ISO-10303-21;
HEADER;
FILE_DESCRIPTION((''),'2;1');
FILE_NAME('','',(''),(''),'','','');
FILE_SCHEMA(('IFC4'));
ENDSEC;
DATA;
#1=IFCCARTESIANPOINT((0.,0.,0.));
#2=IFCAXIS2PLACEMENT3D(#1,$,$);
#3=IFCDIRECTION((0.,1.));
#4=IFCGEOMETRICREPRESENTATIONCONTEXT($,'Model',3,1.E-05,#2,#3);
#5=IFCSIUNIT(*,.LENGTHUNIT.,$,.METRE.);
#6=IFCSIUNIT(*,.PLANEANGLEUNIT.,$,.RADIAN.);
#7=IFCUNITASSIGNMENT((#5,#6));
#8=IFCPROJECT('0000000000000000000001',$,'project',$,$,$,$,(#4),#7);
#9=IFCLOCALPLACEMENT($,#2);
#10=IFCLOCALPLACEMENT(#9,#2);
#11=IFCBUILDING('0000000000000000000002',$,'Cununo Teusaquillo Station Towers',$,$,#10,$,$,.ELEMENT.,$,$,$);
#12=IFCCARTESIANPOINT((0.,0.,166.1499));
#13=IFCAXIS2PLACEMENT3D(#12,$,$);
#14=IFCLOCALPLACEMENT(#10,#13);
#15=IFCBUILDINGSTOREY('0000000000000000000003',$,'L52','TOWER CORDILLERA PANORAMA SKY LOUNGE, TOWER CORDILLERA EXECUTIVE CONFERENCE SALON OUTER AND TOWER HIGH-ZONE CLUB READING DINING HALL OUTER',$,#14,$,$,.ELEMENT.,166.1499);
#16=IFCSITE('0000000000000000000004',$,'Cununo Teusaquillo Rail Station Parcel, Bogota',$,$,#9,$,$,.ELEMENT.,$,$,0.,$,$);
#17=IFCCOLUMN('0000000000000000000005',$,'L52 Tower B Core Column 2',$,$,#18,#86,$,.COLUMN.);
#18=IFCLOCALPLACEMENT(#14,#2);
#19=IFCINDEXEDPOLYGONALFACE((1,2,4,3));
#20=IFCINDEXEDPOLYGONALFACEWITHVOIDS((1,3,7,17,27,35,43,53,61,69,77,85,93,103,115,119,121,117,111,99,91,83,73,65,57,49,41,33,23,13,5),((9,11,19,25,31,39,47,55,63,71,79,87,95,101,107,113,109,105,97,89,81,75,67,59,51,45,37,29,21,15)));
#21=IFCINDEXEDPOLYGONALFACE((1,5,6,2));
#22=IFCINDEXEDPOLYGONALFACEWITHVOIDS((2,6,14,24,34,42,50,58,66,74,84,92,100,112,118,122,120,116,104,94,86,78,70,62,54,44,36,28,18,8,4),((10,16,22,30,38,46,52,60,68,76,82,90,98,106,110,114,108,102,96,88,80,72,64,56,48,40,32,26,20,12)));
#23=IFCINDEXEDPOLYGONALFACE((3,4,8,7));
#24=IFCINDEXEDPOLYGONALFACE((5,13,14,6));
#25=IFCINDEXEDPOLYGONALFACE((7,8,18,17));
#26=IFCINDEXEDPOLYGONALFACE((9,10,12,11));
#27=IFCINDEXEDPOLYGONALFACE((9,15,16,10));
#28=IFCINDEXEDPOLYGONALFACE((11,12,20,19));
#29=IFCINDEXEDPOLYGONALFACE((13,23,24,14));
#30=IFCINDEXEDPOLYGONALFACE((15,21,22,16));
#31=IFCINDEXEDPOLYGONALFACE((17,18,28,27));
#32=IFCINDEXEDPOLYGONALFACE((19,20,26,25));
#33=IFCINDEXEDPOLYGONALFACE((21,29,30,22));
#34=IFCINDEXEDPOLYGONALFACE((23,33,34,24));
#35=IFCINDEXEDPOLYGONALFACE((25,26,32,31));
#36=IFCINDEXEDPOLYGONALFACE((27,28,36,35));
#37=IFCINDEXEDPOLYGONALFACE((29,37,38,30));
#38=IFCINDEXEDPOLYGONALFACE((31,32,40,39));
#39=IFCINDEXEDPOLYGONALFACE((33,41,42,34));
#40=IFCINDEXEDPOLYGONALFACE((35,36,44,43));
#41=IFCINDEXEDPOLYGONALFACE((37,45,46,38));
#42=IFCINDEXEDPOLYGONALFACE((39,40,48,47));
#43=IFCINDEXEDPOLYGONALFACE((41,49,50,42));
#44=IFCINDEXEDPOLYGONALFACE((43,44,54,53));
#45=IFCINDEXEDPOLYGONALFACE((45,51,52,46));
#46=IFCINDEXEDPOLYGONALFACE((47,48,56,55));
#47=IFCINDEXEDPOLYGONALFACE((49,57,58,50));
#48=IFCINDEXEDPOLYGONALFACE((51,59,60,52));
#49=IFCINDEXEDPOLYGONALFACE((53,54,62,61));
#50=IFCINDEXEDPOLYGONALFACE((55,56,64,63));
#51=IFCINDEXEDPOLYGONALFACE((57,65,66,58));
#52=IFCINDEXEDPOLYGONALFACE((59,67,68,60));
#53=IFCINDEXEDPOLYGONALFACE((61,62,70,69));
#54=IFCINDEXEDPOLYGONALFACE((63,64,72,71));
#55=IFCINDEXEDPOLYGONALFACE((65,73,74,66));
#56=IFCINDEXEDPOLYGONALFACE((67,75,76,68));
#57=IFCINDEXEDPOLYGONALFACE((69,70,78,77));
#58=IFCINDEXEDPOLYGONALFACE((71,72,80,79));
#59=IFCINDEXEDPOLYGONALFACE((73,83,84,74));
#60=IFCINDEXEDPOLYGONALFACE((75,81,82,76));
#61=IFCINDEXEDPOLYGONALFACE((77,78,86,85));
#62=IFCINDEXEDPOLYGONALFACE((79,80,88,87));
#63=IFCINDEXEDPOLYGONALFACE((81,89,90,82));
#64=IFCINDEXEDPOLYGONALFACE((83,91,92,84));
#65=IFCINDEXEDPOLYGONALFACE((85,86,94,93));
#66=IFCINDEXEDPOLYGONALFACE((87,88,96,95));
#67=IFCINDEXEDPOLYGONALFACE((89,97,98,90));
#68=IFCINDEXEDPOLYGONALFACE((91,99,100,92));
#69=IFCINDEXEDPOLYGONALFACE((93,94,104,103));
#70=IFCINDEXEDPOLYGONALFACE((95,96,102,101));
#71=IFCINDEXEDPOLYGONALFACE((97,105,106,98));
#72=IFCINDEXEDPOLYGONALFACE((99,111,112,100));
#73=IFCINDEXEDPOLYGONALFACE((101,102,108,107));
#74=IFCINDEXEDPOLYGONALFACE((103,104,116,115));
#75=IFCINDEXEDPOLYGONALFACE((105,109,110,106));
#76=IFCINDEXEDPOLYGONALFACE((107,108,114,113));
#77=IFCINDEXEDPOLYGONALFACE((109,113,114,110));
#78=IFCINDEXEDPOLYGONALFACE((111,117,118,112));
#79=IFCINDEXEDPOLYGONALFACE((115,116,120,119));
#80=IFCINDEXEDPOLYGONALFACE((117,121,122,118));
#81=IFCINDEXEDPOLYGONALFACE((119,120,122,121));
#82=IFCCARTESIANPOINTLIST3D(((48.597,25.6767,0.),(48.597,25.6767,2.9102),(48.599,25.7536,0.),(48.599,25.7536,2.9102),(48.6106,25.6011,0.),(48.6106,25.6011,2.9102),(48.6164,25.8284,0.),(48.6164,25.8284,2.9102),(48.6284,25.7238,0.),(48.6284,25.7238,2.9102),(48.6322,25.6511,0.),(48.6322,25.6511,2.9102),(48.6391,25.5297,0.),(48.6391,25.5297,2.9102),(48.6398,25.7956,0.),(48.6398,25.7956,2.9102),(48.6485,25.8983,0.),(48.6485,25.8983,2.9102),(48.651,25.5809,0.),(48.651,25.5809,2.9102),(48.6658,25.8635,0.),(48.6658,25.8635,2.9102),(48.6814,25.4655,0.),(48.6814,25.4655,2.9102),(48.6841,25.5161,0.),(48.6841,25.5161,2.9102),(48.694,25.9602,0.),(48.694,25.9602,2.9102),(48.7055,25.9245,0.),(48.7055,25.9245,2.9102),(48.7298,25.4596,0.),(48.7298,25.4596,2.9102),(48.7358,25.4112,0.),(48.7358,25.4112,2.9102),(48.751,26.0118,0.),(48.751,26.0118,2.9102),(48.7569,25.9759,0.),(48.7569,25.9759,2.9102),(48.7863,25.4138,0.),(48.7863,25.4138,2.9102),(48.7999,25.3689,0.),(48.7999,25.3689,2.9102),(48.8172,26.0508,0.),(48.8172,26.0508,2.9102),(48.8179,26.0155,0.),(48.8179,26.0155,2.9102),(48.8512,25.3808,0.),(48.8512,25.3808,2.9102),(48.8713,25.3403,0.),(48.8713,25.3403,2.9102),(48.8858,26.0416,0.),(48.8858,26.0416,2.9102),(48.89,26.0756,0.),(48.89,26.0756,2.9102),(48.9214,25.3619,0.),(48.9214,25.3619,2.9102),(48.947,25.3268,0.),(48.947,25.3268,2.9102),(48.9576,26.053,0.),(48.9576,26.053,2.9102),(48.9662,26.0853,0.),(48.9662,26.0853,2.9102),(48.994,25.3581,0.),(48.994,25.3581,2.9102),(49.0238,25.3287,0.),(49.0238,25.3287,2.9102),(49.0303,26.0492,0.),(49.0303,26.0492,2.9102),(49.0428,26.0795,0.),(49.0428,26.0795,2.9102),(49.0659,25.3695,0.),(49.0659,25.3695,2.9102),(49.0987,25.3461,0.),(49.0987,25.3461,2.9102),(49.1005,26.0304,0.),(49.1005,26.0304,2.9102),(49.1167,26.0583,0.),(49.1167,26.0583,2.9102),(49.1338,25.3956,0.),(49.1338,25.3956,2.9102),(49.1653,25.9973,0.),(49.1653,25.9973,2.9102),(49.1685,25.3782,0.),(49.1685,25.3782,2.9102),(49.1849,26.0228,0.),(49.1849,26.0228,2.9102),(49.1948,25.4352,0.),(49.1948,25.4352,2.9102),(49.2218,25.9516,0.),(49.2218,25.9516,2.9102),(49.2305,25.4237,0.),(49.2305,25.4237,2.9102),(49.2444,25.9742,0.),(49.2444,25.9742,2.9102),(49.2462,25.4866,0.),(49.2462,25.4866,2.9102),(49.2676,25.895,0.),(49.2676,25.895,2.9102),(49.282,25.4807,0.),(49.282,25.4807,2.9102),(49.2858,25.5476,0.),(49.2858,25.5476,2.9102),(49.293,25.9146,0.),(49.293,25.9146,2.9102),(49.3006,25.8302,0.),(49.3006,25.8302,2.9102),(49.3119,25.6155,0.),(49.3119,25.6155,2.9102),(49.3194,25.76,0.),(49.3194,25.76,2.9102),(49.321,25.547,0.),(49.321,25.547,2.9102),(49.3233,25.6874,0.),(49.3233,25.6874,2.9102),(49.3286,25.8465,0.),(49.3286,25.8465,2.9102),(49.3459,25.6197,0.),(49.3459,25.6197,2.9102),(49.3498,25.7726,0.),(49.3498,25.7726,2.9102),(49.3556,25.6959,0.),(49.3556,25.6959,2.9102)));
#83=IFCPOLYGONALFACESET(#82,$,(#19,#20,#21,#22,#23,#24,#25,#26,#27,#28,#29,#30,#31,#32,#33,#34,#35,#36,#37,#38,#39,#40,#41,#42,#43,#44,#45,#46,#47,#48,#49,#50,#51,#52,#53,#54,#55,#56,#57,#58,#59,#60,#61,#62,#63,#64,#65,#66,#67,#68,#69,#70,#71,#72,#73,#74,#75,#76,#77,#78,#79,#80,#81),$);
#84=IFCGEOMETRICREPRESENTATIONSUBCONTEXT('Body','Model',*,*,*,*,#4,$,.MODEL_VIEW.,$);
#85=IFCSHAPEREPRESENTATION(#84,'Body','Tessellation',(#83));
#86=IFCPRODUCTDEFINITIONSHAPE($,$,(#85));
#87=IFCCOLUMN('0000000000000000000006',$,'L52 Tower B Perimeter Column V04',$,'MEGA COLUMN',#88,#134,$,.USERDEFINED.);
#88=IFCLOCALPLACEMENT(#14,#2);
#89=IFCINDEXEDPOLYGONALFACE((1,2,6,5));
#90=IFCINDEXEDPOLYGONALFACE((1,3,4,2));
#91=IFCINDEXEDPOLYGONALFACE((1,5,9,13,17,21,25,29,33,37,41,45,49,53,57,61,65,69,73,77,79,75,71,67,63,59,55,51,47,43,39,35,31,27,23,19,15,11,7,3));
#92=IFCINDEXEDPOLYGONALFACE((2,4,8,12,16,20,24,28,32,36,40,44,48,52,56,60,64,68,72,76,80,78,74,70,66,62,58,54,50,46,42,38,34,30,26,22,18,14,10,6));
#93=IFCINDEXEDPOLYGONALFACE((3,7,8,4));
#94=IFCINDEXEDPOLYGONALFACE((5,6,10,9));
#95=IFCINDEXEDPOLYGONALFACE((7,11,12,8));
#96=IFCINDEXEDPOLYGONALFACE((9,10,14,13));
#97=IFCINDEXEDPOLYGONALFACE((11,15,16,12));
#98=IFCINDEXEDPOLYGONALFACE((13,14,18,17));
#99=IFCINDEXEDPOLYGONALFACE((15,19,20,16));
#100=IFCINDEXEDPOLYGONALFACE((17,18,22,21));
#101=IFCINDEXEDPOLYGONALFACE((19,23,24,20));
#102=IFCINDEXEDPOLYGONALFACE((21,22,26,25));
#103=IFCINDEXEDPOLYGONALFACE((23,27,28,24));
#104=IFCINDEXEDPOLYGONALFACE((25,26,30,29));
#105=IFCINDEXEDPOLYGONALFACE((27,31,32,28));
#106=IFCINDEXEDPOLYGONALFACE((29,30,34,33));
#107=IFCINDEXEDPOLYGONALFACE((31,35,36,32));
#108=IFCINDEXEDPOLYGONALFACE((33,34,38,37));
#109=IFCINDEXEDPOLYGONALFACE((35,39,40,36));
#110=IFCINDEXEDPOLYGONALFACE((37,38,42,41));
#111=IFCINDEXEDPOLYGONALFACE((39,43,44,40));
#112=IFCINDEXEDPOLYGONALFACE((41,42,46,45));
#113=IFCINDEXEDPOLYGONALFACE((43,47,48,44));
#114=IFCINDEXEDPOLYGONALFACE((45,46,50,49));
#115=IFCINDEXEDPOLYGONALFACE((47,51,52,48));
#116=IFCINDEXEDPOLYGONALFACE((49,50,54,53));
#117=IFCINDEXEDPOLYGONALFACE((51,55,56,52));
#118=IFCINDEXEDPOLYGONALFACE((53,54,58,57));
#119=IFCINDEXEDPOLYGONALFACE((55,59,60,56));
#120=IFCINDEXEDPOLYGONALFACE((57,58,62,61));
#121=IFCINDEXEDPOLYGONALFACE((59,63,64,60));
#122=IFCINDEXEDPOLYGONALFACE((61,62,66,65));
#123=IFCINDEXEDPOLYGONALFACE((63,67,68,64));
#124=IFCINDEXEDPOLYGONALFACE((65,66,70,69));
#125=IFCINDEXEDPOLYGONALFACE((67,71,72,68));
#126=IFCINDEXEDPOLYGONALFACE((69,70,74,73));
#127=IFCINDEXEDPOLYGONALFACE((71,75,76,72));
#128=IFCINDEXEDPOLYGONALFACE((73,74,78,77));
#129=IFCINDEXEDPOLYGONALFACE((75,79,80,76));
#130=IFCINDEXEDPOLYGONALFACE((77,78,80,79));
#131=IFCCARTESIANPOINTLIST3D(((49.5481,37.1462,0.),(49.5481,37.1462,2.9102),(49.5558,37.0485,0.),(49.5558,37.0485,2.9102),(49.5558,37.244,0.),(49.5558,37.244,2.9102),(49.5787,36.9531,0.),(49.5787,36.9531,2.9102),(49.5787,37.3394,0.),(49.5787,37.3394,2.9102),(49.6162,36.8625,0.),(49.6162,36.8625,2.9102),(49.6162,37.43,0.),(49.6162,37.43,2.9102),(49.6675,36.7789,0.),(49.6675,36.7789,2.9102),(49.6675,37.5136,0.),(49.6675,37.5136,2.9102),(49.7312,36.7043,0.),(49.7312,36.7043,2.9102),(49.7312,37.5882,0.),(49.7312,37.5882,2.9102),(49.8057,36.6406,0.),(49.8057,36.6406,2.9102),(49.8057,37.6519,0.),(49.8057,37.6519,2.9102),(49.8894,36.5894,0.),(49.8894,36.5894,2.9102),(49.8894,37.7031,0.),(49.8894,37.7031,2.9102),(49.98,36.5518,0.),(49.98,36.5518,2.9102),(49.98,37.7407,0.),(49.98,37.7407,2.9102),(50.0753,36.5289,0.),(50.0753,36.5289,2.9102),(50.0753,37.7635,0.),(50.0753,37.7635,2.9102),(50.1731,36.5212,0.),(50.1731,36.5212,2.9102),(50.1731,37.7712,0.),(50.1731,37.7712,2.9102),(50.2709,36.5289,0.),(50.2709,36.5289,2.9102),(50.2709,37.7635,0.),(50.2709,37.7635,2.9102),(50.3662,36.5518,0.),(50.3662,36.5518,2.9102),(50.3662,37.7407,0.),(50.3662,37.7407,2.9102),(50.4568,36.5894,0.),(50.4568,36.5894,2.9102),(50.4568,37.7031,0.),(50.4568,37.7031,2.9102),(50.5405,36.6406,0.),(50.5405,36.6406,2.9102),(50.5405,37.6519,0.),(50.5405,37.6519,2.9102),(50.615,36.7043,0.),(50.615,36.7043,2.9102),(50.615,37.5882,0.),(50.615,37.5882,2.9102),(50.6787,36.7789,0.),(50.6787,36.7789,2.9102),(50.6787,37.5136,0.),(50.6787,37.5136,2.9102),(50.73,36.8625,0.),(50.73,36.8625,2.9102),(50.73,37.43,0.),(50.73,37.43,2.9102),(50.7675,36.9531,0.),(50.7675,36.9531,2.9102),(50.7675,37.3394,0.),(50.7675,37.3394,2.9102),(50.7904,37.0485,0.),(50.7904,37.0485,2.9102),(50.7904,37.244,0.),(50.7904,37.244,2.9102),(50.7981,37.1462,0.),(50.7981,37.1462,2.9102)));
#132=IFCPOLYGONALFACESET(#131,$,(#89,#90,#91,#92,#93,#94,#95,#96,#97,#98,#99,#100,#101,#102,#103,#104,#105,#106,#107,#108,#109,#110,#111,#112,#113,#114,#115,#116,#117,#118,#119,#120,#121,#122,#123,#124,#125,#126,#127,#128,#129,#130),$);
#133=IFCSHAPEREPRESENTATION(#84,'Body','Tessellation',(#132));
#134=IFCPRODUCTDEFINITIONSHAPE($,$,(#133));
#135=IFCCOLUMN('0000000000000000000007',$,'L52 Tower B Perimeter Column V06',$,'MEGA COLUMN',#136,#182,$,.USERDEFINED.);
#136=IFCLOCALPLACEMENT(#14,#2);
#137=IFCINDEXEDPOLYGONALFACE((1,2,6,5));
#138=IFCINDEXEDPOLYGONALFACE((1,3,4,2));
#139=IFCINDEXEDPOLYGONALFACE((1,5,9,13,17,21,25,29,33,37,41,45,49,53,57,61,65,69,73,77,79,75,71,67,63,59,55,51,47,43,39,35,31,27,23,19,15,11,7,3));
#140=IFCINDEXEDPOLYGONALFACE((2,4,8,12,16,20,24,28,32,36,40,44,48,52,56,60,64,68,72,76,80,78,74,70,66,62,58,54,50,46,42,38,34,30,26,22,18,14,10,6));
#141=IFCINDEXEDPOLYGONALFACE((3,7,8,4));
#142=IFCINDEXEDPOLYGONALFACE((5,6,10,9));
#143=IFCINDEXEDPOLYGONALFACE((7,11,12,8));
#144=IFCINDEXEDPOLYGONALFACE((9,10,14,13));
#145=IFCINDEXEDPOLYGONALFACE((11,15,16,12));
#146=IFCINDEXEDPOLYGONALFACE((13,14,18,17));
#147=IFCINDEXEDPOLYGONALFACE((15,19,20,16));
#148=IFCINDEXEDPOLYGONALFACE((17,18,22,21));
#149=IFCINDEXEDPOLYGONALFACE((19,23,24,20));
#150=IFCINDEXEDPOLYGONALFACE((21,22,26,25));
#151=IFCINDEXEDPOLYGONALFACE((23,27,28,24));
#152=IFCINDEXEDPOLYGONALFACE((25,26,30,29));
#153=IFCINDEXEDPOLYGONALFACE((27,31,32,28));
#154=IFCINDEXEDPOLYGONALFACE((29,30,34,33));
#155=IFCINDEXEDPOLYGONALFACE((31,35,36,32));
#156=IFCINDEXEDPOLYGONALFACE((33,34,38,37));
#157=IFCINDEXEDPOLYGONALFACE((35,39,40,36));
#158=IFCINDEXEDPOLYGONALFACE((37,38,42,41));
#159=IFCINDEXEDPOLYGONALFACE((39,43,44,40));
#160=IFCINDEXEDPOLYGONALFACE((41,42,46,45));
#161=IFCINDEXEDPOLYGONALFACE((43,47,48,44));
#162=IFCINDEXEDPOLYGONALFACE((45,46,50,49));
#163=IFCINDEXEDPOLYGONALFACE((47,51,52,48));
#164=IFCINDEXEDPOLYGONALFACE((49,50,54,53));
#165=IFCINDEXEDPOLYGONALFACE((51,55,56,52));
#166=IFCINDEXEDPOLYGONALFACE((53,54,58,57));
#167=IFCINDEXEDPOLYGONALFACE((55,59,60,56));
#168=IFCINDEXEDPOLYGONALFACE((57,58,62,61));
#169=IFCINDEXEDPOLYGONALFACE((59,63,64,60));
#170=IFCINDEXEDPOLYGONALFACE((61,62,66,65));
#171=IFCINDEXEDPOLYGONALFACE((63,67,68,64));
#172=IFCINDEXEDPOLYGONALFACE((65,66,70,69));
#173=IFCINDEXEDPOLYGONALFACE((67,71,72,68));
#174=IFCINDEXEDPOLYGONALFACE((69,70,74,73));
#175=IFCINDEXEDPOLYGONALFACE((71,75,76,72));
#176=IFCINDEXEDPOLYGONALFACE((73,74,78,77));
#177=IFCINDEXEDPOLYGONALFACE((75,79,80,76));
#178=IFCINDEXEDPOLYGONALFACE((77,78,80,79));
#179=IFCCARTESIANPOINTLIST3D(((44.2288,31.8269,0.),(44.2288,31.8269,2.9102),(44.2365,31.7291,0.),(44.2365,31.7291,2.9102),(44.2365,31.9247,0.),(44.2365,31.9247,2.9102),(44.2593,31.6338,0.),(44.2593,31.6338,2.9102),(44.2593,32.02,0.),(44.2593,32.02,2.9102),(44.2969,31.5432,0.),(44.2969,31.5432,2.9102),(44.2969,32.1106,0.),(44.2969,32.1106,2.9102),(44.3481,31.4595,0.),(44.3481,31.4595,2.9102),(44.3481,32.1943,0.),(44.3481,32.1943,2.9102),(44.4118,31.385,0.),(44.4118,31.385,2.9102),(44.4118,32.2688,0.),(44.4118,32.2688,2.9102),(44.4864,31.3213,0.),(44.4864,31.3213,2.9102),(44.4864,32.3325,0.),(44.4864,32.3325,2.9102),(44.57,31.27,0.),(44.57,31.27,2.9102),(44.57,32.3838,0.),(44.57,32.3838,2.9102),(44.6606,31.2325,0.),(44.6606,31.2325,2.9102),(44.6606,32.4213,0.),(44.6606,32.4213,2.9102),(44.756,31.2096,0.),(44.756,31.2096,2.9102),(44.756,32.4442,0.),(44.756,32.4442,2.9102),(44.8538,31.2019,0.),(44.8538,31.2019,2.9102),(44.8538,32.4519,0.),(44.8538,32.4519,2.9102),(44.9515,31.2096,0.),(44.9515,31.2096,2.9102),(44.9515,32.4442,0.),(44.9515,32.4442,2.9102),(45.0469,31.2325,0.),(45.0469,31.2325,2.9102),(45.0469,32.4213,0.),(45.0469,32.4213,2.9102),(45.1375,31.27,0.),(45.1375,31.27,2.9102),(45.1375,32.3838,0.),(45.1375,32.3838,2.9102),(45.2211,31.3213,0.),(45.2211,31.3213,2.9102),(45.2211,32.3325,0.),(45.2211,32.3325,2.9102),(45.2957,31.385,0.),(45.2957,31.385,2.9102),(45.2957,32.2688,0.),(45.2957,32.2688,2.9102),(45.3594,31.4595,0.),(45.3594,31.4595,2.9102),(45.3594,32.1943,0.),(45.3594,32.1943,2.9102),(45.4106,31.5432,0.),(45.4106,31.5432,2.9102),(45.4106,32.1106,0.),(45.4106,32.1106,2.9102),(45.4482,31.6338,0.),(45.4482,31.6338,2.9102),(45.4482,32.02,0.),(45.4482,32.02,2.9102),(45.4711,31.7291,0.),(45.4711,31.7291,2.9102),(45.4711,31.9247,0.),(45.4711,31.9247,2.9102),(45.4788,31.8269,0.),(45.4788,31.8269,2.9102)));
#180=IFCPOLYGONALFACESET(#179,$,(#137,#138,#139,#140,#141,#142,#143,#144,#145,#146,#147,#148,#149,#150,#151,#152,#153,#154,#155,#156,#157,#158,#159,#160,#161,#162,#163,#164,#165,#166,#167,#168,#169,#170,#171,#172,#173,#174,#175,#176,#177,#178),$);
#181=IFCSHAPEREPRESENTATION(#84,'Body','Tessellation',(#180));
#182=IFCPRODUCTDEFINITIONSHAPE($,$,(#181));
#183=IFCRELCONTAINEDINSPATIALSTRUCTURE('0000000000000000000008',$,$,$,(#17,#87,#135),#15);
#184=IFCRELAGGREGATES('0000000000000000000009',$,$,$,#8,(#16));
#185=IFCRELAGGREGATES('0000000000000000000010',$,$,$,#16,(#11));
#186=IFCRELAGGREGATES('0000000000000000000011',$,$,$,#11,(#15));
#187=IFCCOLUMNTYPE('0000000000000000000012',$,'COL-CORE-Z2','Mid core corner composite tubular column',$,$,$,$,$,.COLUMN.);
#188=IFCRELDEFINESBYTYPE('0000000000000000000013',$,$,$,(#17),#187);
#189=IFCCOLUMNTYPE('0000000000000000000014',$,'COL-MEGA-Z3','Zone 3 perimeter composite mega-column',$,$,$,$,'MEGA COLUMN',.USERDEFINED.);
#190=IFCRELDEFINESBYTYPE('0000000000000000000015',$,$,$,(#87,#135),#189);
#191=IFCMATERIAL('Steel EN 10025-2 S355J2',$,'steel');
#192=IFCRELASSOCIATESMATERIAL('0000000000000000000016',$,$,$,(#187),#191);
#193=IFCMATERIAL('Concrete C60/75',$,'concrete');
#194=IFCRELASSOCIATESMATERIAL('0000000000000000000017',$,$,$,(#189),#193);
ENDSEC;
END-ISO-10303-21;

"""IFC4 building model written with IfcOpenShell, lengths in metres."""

from ifc_helpers import new_model, si_unit, direction, frame, origin, origin_2d, place, context, subcontext, project, spatial, circle, hollow_circle, extrude, material, material_profile, profile_set, type_object, element, save


model = new_model("IFC4")

# Units and contexts
model_context = context("Model", 3, precision=1e-05, world=origin(), true_north=direction((0.0, 1.0)))
body_context = subcontext(model_context, "Body", "Model", "MODEL_VIEW")
ifc_project = project(units=[si_unit("LENGTHUNIT", "METRE"), si_unit("PLANEANGLEUNIT", "RADIAN")], contexts=[model_context])

# Site, building, storey
site_placement = place(None, origin())
site = spatial("IfcSite", under=ifc_project, at=site_placement, Name="Cununo Teusaquillo Rail Station Parcel, Bogota", CompositionType="ELEMENT", RefElevation=0.0)
building_placement = place(site_placement, origin())
building = spatial("IfcBuilding", under=site, at=building_placement, Name="Cununo Teusaquillo Station Towers", CompositionType="ELEMENT")
storey_placement = place(building_placement, frame((0.0, 0.0, 166.1499)))
storey = spatial("IfcBuildingStorey", under=building, at=storey_placement, Name="L52", Description="TOWER CORDILLERA PANORAMA SKY LOUNGE, TOWER CORDILLERA EXECUTIVE CONFERENCE SALON OUTER AND TOWER HIGH-ZONE CLUB READING DINING HALL OUTER", CompositionType="ELEMENT", Elevation=166.1499)

# Columns
ifc_material_1 = material(Name="Steel EN 10025-2 S355J2", Category="steel")
ifc_material_profile_1 = material_profile(ifc_material_1, hollow_circle(Radius=0.3799, WallThickness=0.032, at=origin_2d()), Name="CHS 760x32")
ifc_profile_set_1 = profile_set([ifc_material_profile_1], Name="Steel EN 10025-2 S355J2")
column_type_1 = type_object("IfcColumnType", Name="COL-CORE-Z2", Description="Mid core corner composite tubular column", PredefinedType="COLUMN", material=ifc_profile_set_1)
column_placement = place(storey_placement, frame((48.9758, 25.7056, 0.0), z_axis=(0.0, 0.0, 1.0), x_axis=(0.707107, 0.707107, 0.0)))
element("IfcColumn", 1, at=column_placement, inside=storey, type_object=column_type_1, Name="L52 Tower B Core Column 2", PredefinedType="COLUMN", context=body_context, shape_type="SweptSolid", body=[
    extrude(hollow_circle(Radius=0.3799, WallThickness=0.032, at=origin_2d()), origin(), (0.0, 0.0, 1.0), 2.9102),
])
ifc_material_2 = material(Name="Concrete C60/75", Category="concrete")
ifc_material_profile_2 = material_profile(ifc_material_2, circle(Radius=0.625, at=origin_2d()), Name="RC-CIRC-1250")
ifc_profile_set_2 = profile_set([ifc_material_profile_2], Name="Concrete C60/75")
column_type_2 = type_object("IfcColumnType", Name="COL-MEGA-Z3", Description="Zone 3 perimeter composite mega-column", ElementType="MEGA COLUMN", PredefinedType="USERDEFINED", material=ifc_profile_set_2)
for number, where, z_axis, x_axis, name in (
    (2, (50.1731, 37.1462, 0.0), (0.0, 0.0, 1.0), (1.0, 0.0, 0.0), "L52 Tower B Perimeter Column V04"),
    (3, (44.8538, 31.8269, 0.0), (0.0, 0.0, 1.0), (1.0, 0.0, 0.0), "L52 Tower B Perimeter Column V06"),
):
    element("IfcColumn", number, at=place(storey_placement, frame(where, z_axis=z_axis, x_axis=x_axis)), inside=storey, type_object=column_type_2, Name=name, ObjectType="MEGA COLUMN", PredefinedType="USERDEFINED", context=body_context, shape_type="SweptSolid", body=[
        extrude(circle(Radius=0.625, at=origin_2d()), origin(), (0.0, 0.0, 1.0), 2.9102),
    ])

save(model, "model.ifc")
